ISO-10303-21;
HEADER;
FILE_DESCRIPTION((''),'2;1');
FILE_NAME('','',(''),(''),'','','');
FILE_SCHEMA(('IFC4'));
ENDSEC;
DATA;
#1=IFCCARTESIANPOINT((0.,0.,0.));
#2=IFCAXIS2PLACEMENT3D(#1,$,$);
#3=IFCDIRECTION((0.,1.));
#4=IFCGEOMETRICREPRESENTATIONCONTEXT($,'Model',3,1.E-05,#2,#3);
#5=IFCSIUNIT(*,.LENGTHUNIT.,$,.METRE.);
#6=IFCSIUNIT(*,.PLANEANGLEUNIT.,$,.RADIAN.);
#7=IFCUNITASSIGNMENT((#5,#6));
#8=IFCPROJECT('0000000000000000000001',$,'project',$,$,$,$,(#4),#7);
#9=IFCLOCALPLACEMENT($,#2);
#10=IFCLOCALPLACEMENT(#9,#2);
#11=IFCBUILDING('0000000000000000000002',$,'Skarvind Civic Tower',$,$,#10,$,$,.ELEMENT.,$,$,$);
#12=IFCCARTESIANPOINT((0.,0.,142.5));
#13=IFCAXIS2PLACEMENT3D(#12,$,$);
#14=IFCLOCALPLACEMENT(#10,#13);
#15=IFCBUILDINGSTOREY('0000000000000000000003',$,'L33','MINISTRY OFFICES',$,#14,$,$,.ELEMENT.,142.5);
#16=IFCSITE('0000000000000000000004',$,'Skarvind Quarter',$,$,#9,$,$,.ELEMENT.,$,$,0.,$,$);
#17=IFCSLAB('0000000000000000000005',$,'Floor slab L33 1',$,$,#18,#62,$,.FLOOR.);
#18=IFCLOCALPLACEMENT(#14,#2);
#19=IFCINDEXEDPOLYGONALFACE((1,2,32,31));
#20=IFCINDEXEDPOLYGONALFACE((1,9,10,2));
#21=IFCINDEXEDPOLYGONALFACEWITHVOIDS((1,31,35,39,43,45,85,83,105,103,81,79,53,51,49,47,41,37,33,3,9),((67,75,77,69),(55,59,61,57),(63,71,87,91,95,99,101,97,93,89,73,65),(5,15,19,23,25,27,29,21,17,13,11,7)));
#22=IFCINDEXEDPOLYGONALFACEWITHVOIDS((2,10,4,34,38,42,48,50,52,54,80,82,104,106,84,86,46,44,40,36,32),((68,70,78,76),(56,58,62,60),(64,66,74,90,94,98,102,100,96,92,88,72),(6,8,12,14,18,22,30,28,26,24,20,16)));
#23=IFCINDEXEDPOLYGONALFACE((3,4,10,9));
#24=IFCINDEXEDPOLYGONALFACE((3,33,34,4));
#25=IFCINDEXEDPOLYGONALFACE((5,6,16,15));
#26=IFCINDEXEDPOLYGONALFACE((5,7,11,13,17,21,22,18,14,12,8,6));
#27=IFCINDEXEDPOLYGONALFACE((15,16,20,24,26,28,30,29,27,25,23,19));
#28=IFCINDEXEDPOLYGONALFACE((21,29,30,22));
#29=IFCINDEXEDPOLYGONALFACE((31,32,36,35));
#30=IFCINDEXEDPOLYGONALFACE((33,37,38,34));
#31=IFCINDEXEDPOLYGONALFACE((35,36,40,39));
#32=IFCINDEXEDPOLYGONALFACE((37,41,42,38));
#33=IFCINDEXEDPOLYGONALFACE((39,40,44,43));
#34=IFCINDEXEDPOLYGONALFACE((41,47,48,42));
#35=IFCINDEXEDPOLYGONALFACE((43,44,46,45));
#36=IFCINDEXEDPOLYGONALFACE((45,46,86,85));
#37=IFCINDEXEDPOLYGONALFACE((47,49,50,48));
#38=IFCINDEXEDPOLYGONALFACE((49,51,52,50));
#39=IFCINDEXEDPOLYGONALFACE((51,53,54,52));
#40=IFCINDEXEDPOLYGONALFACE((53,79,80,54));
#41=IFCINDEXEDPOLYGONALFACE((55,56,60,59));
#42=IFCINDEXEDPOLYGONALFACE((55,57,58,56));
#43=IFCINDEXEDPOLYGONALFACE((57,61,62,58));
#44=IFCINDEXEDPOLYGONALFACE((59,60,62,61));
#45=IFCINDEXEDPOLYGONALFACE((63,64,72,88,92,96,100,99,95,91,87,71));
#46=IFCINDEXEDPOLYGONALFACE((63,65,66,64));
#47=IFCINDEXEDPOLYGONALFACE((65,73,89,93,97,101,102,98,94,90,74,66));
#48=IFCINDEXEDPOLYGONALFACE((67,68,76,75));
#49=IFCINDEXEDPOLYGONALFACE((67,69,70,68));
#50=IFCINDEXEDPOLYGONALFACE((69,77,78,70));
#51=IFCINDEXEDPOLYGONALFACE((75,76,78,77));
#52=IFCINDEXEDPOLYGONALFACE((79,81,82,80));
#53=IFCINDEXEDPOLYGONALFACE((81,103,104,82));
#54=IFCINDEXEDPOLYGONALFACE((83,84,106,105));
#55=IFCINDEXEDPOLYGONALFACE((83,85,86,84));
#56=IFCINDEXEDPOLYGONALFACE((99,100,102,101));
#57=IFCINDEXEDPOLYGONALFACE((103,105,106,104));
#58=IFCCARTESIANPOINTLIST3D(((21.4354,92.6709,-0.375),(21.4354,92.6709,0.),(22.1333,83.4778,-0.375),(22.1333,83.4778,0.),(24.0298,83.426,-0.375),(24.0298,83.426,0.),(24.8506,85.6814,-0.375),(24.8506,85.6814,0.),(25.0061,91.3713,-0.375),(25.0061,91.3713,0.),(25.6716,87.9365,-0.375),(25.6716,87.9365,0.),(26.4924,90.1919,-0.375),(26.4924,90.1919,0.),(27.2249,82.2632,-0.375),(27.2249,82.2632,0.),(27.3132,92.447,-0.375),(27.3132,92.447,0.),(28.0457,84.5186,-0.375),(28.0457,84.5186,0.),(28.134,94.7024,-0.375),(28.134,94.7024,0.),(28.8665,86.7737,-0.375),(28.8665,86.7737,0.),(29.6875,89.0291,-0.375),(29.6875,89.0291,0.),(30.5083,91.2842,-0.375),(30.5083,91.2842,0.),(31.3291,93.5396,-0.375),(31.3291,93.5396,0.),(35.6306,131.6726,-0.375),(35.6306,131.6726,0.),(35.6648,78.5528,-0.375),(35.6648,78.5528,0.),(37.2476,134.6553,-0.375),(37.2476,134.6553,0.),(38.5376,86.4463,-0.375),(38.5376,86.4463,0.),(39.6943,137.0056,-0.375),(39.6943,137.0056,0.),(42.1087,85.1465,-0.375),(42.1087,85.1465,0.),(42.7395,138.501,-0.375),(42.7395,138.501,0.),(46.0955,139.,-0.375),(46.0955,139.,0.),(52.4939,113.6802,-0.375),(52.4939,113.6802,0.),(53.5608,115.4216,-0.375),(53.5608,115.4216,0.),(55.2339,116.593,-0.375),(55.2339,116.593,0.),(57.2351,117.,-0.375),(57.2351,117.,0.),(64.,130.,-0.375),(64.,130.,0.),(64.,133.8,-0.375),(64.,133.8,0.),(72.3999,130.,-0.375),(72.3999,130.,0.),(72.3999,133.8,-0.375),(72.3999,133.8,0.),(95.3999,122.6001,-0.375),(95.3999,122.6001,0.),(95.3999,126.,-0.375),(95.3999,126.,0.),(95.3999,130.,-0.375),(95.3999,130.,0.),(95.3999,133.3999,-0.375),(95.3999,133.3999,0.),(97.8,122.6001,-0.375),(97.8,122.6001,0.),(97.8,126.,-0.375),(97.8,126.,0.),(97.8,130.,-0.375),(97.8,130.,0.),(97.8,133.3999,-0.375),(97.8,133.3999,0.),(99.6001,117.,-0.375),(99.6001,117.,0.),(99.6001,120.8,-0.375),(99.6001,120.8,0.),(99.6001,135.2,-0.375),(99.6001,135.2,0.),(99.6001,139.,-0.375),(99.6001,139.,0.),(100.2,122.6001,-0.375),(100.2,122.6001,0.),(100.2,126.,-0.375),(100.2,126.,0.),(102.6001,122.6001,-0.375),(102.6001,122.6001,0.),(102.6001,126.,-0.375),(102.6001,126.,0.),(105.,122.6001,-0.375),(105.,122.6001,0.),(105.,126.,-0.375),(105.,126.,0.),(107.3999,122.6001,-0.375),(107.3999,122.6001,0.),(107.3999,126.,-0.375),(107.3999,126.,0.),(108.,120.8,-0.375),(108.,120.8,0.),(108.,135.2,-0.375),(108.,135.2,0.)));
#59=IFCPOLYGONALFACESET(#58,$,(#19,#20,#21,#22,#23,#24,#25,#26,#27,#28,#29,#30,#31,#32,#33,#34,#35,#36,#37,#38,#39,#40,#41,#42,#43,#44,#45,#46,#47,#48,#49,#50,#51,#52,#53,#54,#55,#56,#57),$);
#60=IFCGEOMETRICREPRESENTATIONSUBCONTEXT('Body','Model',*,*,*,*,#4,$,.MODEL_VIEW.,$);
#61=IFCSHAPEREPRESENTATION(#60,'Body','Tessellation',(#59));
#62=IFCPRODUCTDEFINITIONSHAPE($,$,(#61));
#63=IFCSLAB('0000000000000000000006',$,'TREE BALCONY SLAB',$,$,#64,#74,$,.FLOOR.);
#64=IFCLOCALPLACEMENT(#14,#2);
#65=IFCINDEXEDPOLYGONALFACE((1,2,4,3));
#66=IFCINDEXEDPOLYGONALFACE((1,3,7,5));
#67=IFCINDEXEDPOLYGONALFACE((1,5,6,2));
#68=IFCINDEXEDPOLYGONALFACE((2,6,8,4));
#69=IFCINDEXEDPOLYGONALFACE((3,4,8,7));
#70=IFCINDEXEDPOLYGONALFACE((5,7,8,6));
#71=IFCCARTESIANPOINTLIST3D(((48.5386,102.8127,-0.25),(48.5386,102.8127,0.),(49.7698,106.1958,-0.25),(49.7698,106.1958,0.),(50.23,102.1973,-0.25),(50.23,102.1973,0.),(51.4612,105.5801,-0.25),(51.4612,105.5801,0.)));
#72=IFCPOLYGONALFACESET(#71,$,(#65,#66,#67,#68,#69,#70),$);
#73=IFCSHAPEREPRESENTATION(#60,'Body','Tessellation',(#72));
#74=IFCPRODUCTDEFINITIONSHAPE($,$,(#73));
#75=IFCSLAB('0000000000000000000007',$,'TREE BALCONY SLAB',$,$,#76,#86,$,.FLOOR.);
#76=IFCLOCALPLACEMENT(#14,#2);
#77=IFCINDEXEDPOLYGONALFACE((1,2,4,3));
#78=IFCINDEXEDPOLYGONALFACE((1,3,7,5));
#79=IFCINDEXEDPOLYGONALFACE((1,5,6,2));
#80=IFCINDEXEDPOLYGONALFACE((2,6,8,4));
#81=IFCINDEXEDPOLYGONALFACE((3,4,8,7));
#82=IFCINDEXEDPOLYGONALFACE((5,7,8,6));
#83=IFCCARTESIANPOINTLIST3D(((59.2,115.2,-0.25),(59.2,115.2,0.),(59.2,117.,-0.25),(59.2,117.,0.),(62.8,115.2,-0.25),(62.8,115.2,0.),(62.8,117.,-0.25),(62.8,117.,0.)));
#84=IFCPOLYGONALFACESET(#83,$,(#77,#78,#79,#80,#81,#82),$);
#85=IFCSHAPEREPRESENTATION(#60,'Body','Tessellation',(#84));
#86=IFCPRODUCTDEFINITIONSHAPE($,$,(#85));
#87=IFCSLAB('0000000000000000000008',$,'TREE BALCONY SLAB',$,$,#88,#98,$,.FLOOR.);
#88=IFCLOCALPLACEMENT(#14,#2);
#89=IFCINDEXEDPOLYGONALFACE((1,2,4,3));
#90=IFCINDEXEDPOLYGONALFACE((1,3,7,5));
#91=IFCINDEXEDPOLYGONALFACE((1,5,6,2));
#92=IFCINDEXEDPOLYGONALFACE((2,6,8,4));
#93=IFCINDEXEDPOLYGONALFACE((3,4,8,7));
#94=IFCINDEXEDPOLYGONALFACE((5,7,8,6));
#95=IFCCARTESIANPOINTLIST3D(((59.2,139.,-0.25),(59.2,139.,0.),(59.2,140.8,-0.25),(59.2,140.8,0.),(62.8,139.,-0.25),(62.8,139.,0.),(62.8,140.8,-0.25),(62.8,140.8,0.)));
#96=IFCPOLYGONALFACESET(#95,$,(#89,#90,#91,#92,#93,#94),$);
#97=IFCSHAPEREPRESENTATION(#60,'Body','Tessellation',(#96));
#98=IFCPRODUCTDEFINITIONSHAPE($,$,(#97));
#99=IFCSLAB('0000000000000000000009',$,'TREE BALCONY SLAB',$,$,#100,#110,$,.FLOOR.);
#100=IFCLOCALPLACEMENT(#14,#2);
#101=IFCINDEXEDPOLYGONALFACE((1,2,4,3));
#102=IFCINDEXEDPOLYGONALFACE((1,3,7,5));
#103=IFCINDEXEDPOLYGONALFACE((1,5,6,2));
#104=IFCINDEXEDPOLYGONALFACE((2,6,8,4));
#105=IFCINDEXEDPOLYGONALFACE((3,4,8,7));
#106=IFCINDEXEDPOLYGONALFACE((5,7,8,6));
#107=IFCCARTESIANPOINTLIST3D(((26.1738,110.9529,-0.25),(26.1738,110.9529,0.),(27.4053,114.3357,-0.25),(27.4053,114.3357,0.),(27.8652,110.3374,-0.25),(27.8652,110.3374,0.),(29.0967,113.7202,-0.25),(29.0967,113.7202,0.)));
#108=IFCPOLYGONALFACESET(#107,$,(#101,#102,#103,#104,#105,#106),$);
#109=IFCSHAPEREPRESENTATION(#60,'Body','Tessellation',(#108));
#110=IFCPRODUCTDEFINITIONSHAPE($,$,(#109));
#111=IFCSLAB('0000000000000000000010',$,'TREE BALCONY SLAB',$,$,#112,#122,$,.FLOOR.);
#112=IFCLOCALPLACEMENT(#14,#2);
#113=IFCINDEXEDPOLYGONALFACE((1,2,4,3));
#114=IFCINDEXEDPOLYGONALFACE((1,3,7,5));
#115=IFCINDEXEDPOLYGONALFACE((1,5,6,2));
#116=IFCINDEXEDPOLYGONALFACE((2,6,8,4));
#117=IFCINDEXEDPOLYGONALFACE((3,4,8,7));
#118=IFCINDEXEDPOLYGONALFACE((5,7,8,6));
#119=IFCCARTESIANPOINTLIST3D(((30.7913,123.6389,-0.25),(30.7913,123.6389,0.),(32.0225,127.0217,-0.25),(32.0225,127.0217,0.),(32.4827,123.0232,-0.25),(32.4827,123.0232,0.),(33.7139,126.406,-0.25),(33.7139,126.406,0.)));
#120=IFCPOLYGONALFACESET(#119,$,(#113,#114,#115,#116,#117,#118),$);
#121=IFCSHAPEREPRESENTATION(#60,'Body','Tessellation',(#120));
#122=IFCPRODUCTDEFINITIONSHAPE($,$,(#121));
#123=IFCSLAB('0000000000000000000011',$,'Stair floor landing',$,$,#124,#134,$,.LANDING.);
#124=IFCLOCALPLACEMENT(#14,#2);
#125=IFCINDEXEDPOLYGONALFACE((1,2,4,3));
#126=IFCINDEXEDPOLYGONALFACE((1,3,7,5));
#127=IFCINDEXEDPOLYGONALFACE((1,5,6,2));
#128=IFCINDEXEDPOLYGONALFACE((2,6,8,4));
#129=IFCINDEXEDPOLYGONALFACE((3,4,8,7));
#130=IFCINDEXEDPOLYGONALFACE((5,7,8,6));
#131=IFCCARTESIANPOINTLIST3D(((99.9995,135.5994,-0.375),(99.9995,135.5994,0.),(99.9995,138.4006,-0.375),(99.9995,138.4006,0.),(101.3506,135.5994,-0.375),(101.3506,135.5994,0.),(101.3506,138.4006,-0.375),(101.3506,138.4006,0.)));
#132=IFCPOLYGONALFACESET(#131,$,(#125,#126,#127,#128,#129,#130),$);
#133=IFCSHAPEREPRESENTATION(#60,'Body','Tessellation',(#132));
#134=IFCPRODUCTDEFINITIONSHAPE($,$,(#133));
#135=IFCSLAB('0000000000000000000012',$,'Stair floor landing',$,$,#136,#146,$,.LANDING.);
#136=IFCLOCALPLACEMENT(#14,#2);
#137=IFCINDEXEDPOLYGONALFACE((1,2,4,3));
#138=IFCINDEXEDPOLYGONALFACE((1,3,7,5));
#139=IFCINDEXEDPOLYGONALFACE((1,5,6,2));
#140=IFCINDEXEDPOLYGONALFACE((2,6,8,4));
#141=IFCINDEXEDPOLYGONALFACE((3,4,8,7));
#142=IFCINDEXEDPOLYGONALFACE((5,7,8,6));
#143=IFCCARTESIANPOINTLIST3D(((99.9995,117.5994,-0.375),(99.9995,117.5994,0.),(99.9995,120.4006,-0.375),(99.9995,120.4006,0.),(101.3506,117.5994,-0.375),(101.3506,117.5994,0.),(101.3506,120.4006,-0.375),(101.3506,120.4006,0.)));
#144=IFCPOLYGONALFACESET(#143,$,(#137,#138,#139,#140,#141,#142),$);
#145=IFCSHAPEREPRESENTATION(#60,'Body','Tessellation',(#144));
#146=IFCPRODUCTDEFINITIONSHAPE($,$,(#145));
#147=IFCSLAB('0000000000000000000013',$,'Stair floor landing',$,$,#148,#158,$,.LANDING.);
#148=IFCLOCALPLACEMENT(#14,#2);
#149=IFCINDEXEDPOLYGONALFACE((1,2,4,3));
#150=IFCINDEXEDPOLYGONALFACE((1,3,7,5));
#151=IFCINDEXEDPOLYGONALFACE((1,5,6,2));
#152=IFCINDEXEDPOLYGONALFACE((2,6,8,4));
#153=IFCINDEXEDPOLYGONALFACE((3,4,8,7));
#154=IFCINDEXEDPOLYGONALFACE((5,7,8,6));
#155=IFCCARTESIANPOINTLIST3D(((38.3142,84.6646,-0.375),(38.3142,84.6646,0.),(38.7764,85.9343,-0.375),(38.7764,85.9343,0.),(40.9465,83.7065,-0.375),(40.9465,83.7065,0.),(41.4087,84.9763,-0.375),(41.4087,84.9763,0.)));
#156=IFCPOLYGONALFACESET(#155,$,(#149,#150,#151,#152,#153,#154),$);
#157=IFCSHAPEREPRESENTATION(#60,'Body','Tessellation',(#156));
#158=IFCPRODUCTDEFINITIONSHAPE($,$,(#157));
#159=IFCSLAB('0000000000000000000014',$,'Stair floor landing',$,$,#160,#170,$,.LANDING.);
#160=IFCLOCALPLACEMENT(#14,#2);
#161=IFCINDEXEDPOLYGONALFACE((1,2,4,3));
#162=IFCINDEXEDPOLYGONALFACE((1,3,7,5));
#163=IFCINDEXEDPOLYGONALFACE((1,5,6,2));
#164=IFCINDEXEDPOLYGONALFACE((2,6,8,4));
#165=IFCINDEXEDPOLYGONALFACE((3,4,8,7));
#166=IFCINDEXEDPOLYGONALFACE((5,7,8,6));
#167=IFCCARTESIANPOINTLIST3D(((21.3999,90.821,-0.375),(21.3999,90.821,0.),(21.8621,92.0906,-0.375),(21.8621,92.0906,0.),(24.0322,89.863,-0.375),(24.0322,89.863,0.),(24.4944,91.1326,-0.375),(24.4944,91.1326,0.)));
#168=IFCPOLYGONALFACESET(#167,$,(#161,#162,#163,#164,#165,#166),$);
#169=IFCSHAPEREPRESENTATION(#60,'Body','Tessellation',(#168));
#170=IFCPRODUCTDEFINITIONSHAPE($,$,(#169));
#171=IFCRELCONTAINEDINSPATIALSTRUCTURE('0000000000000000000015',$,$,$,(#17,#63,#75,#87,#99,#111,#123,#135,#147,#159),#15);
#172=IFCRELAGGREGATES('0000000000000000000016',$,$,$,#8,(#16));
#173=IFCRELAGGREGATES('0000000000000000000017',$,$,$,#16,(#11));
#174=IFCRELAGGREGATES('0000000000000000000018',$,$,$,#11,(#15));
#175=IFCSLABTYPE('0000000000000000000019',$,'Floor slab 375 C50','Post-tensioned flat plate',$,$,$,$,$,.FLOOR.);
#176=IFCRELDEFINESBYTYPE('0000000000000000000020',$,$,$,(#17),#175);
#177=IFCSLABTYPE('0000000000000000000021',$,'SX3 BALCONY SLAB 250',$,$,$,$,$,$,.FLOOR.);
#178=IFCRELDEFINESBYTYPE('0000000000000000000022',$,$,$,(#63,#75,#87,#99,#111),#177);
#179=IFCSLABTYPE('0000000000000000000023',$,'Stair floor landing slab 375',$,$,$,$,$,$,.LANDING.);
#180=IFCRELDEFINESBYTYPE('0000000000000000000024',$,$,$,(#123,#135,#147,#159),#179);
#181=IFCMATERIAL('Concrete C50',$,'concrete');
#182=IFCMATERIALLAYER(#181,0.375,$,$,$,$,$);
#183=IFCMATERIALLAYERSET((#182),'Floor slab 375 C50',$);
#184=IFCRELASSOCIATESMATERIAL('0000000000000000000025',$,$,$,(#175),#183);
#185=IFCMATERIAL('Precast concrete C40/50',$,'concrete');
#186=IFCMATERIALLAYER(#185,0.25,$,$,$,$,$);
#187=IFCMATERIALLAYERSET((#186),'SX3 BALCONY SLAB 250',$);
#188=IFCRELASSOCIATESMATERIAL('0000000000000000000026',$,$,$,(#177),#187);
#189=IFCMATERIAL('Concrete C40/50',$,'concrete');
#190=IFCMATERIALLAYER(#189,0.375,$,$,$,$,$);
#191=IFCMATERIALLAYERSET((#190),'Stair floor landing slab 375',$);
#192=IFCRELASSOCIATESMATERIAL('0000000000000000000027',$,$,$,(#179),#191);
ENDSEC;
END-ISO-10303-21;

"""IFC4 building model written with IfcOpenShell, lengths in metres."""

from ifc_helpers import new_model, si_unit, direction, frame, origin, place, context, subcontext, project, spatial, polyline, outline, extrude, material, layer, layer_set, type_object, element, save


model = new_model("IFC4")

# Units and contexts
model_context = context("Model", 3, precision=1e-05, world=origin(), true_north=direction((0.0, 1.0)))
body_context = subcontext(model_context, "Body", "Model", "MODEL_VIEW")
ifc_project = project(units=[si_unit("LENGTHUNIT", "METRE"), si_unit("PLANEANGLEUNIT", "RADIAN")], contexts=[model_context])

# Site, building, storey
site_placement = place(None, origin())
site = spatial("IfcSite", under=ifc_project, at=site_placement, Name="Skarvind Quarter", CompositionType="ELEMENT", RefElevation=0.0)
building_placement = place(site_placement, origin())
building = spatial("IfcBuilding", under=site, at=building_placement, Name="Skarvind Civic Tower", CompositionType="ELEMENT")
storey_placement = place(building_placement, frame((0.0, 0.0, 142.5)))
storey = spatial("IfcBuildingStorey", under=building, at=storey_placement, Name="L33", Description="MINISTRY OFFICES", CompositionType="ELEMENT", Elevation=142.5)

# Slabs
ifc_material_1 = material(Name="Concrete C50", Category="concrete")
ifc_layer_1 = layer(ifc_material_1, 0.375)
ifc_layer_set_1 = layer_set([ifc_layer_1], Name="Floor slab 375 C50")
slab_type_1 = type_object("IfcSlabType", Name="Floor slab 375 C50", Description="Post-tensioned flat plate", PredefinedType="FLOOR", material=ifc_layer_set_1)
slab_1_placement = place(storey_placement, frame((0.0, 0.0, -0.375)))
element("IfcSlab", 1, at=slab_1_placement, inside=storey, type_object=slab_type_1, Name="Floor slab L33 1", PredefinedType="FLOOR", context=body_context, shape_type="SweptSolid", body=[
    extrude(outline(polyline([(99.6001, 117.0), (99.6001, 120.8), (108.0, 120.8), (108.0, 135.2), (99.6001, 135.2), (99.6001, 139.0), (46.0955, 139.0), (42.7395, 138.501), (39.6943, 137.0056), (37.2476, 134.6553), (35.6306, 131.6726), (19.4175, 87.1267), (21.4353, 92.6709), (25.0061, 91.3713), (22.1333, 83.4778), (36.8865, 78.1082), (35.6648, 78.5527), (38.5376, 86.4463), (42.1086, 85.1465), (40.0908, 79.6023), (40.0908, 79.6023), (52.4939, 113.6802), (53.5608, 115.4216), (55.2339, 116.593), (57.2351, 117.0), (99.6001, 117.0)]), holes=[polyline([(25.6716, 87.9365), (26.4924, 90.1919), (27.3132, 92.447), (28.134, 94.7024), (31.3291, 93.5396), (30.5083, 91.2842), (29.6875, 89.0291), (28.8665, 86.7737), (28.8665, 86.7737), (28.0457, 84.5186), (27.2249, 82.2632), (24.0298, 83.426), (24.8506, 85.6814), (25.6716, 87.9365), (25.6716, 87.9365)]), polyline([(64.0, 130.0), (64.0, 133.8), (72.3999, 133.8), (72.3999, 130.0), (64.0, 130.0)]), polyline([(97.8, 126.0), (100.2, 126.0), (102.6001, 126.0), (105.0, 126.0), (107.3999, 126.0), (107.3999, 122.6001), (105.0, 122.6001), (102.6001, 122.6001), (100.2, 122.6001), (97.8, 122.6001), (95.3999, 122.6001), (95.3999, 126.0), (97.8, 126.0)]), polyline([(97.8, 133.3999), (97.8, 130.0), (95.3999, 130.0), (95.3999, 133.3999), (97.8, 133.3999)])]), origin(), (0.0, 0.0, 1.0), 0.375),
])
ifc_material_2 = material(Name="Precast concrete C40/50", Category="concrete")
ifc_layer_2 = layer(ifc_material_2, 0.25)
ifc_layer_set_2 = layer_set([ifc_layer_2], Name="SX3 BALCONY SLAB 250")
slab_type_2 = type_object("IfcSlabType", Name="SX3 BALCONY SLAB 250", PredefinedType="FLOOR", material=ifc_layer_set_2)
slab_2_placement = place(storey_placement, frame((0.0, 0.0, -0.25)))
element("IfcSlab", 2, at=slab_2_placement, inside=storey, type_object=slab_type_2, Name="TREE BALCONY SLAB", PredefinedType="FLOOR", context=body_context, shape_type="SweptSolid", body=[
    extrude(outline(polyline([(49.7698, 106.1958), (48.5386, 102.8127), (50.23, 102.1973), (51.4612, 105.5801), (49.7698, 106.1958)])), origin(), (0.0, 0.0, 1.0), 0.25),
])
slab_3_placement = place(storey_placement, frame((0.0, 0.0, -0.25)))
element("IfcSlab", 3, at=slab_3_placement, inside=storey, type_object=slab_type_2, Name="TREE BALCONY SLAB", PredefinedType="FLOOR", context=body_context, shape_type="SweptSolid", body=[
    extrude(outline(polyline([(62.8, 117.0), (59.2, 117.0), (59.2, 115.2), (62.8, 115.2), (62.8, 117.0)])), origin(), (0.0, 0.0, 1.0), 0.25),
])
slab_4_placement = place(storey_placement, frame((0.0, 0.0, -0.25)))
element("IfcSlab", 4, at=slab_4_placement, inside=storey, type_object=slab_type_2, Name="TREE BALCONY SLAB", PredefinedType="FLOOR", context=body_context, shape_type="SweptSolid", body=[
    extrude(outline(polyline([(59.2, 139.0), (62.8, 139.0), (62.8, 140.8), (59.2, 140.8), (59.2, 139.0)])), origin(), (0.0, 0.0, 1.0), 0.25),
])
slab_5_placement = place(storey_placement, frame((0.0, 0.0, -0.25)))
element("IfcSlab", 5, at=slab_5_placement, inside=storey, type_object=slab_type_2, Name="TREE BALCONY SLAB", PredefinedType="FLOOR", context=body_context, shape_type="SweptSolid", body=[
    extrude(outline(polyline([(27.8652, 110.3374), (29.0967, 113.7202), (27.4053, 114.3357), (26.1738, 110.9529), (27.8652, 110.3374)])), origin(), (0.0, 0.0, 1.0), 0.25),
])
slab_6_placement = place(storey_placement, frame((0.0, 0.0, -0.25)))
element("IfcSlab", 6, at=slab_6_placement, inside=storey, type_object=slab_type_2, Name="TREE BALCONY SLAB", PredefinedType="FLOOR", context=body_context, shape_type="SweptSolid", body=[
    extrude(outline(polyline([(32.4827, 123.0232), (33.7139, 126.406), (32.0225, 127.0217), (30.7913, 123.6389), (32.4827, 123.0232)])), origin(), (0.0, 0.0, 1.0), 0.25),
])
ifc_material_3 = material(Name="Concrete C40/50", Category="concrete")
ifc_layer_3 = layer(ifc_material_3, 0.375)
ifc_layer_set_3 = layer_set([ifc_layer_3], Name="Stair floor landing slab 375")
slab_type_3 = type_object("IfcSlabType", Name="Stair floor landing slab 375", PredefinedType="LANDING", material=ifc_layer_set_3)
slab_7_placement = place(storey_placement, frame((0.0, 0.0, -0.375)))
element("IfcSlab", 7, at=slab_7_placement, inside=storey, type_object=slab_type_3, Name="Stair floor landing", PredefinedType="LANDING", context=body_context, shape_type="SweptSolid", body=[
    extrude(outline(polyline([(101.3506, 138.4006), (101.3506, 135.5994), (99.9995, 135.5994), (99.9995, 138.4006), (101.3506, 138.4006)])), origin(), (0.0, 0.0, 1.0), 0.375),
])
slab_8_placement = place(storey_placement, frame((0.0, 0.0, -0.375)))
element("IfcSlab", 8, at=slab_8_placement, inside=storey, type_object=slab_type_3, Name="Stair floor landing", PredefinedType="LANDING", context=body_context, shape_type="SweptSolid", body=[
    extrude(outline(polyline([(101.3506, 120.4006), (101.3506, 117.5994), (99.9995, 117.5994), (99.9995, 120.4006), (101.3506, 120.4006)])), origin(), (0.0, 0.0, 1.0), 0.375),
])
slab_9_placement = place(storey_placement, frame((0.0, 0.0, -0.375)))
element("IfcSlab", 9, at=slab_9_placement, inside=storey, type_object=slab_type_3, Name="Stair floor landing", PredefinedType="LANDING", context=body_context, shape_type="SweptSolid", body=[
    extrude(outline(polyline([(40.9465, 83.7065), (38.3142, 84.6646), (38.7764, 85.9343), (41.4087, 84.9763), (40.9465, 83.7065)])), origin(), (0.0, 0.0, 1.0), 0.375),
])
slab_10_placement = place(storey_placement, frame((0.0, 0.0, -0.375)))
element("IfcSlab", 10, at=slab_10_placement, inside=storey, type_object=slab_type_3, Name="Stair floor landing", PredefinedType="LANDING", context=body_context, shape_type="SweptSolid", body=[
    extrude(outline(polyline([(24.0322, 89.863), (21.3999, 90.821), (21.8621, 92.0906), (24.4944, 91.1326), (24.0322, 89.863)])), origin(), (0.0, 0.0, 1.0), 0.375),
])

save(model, "model.ifc")
